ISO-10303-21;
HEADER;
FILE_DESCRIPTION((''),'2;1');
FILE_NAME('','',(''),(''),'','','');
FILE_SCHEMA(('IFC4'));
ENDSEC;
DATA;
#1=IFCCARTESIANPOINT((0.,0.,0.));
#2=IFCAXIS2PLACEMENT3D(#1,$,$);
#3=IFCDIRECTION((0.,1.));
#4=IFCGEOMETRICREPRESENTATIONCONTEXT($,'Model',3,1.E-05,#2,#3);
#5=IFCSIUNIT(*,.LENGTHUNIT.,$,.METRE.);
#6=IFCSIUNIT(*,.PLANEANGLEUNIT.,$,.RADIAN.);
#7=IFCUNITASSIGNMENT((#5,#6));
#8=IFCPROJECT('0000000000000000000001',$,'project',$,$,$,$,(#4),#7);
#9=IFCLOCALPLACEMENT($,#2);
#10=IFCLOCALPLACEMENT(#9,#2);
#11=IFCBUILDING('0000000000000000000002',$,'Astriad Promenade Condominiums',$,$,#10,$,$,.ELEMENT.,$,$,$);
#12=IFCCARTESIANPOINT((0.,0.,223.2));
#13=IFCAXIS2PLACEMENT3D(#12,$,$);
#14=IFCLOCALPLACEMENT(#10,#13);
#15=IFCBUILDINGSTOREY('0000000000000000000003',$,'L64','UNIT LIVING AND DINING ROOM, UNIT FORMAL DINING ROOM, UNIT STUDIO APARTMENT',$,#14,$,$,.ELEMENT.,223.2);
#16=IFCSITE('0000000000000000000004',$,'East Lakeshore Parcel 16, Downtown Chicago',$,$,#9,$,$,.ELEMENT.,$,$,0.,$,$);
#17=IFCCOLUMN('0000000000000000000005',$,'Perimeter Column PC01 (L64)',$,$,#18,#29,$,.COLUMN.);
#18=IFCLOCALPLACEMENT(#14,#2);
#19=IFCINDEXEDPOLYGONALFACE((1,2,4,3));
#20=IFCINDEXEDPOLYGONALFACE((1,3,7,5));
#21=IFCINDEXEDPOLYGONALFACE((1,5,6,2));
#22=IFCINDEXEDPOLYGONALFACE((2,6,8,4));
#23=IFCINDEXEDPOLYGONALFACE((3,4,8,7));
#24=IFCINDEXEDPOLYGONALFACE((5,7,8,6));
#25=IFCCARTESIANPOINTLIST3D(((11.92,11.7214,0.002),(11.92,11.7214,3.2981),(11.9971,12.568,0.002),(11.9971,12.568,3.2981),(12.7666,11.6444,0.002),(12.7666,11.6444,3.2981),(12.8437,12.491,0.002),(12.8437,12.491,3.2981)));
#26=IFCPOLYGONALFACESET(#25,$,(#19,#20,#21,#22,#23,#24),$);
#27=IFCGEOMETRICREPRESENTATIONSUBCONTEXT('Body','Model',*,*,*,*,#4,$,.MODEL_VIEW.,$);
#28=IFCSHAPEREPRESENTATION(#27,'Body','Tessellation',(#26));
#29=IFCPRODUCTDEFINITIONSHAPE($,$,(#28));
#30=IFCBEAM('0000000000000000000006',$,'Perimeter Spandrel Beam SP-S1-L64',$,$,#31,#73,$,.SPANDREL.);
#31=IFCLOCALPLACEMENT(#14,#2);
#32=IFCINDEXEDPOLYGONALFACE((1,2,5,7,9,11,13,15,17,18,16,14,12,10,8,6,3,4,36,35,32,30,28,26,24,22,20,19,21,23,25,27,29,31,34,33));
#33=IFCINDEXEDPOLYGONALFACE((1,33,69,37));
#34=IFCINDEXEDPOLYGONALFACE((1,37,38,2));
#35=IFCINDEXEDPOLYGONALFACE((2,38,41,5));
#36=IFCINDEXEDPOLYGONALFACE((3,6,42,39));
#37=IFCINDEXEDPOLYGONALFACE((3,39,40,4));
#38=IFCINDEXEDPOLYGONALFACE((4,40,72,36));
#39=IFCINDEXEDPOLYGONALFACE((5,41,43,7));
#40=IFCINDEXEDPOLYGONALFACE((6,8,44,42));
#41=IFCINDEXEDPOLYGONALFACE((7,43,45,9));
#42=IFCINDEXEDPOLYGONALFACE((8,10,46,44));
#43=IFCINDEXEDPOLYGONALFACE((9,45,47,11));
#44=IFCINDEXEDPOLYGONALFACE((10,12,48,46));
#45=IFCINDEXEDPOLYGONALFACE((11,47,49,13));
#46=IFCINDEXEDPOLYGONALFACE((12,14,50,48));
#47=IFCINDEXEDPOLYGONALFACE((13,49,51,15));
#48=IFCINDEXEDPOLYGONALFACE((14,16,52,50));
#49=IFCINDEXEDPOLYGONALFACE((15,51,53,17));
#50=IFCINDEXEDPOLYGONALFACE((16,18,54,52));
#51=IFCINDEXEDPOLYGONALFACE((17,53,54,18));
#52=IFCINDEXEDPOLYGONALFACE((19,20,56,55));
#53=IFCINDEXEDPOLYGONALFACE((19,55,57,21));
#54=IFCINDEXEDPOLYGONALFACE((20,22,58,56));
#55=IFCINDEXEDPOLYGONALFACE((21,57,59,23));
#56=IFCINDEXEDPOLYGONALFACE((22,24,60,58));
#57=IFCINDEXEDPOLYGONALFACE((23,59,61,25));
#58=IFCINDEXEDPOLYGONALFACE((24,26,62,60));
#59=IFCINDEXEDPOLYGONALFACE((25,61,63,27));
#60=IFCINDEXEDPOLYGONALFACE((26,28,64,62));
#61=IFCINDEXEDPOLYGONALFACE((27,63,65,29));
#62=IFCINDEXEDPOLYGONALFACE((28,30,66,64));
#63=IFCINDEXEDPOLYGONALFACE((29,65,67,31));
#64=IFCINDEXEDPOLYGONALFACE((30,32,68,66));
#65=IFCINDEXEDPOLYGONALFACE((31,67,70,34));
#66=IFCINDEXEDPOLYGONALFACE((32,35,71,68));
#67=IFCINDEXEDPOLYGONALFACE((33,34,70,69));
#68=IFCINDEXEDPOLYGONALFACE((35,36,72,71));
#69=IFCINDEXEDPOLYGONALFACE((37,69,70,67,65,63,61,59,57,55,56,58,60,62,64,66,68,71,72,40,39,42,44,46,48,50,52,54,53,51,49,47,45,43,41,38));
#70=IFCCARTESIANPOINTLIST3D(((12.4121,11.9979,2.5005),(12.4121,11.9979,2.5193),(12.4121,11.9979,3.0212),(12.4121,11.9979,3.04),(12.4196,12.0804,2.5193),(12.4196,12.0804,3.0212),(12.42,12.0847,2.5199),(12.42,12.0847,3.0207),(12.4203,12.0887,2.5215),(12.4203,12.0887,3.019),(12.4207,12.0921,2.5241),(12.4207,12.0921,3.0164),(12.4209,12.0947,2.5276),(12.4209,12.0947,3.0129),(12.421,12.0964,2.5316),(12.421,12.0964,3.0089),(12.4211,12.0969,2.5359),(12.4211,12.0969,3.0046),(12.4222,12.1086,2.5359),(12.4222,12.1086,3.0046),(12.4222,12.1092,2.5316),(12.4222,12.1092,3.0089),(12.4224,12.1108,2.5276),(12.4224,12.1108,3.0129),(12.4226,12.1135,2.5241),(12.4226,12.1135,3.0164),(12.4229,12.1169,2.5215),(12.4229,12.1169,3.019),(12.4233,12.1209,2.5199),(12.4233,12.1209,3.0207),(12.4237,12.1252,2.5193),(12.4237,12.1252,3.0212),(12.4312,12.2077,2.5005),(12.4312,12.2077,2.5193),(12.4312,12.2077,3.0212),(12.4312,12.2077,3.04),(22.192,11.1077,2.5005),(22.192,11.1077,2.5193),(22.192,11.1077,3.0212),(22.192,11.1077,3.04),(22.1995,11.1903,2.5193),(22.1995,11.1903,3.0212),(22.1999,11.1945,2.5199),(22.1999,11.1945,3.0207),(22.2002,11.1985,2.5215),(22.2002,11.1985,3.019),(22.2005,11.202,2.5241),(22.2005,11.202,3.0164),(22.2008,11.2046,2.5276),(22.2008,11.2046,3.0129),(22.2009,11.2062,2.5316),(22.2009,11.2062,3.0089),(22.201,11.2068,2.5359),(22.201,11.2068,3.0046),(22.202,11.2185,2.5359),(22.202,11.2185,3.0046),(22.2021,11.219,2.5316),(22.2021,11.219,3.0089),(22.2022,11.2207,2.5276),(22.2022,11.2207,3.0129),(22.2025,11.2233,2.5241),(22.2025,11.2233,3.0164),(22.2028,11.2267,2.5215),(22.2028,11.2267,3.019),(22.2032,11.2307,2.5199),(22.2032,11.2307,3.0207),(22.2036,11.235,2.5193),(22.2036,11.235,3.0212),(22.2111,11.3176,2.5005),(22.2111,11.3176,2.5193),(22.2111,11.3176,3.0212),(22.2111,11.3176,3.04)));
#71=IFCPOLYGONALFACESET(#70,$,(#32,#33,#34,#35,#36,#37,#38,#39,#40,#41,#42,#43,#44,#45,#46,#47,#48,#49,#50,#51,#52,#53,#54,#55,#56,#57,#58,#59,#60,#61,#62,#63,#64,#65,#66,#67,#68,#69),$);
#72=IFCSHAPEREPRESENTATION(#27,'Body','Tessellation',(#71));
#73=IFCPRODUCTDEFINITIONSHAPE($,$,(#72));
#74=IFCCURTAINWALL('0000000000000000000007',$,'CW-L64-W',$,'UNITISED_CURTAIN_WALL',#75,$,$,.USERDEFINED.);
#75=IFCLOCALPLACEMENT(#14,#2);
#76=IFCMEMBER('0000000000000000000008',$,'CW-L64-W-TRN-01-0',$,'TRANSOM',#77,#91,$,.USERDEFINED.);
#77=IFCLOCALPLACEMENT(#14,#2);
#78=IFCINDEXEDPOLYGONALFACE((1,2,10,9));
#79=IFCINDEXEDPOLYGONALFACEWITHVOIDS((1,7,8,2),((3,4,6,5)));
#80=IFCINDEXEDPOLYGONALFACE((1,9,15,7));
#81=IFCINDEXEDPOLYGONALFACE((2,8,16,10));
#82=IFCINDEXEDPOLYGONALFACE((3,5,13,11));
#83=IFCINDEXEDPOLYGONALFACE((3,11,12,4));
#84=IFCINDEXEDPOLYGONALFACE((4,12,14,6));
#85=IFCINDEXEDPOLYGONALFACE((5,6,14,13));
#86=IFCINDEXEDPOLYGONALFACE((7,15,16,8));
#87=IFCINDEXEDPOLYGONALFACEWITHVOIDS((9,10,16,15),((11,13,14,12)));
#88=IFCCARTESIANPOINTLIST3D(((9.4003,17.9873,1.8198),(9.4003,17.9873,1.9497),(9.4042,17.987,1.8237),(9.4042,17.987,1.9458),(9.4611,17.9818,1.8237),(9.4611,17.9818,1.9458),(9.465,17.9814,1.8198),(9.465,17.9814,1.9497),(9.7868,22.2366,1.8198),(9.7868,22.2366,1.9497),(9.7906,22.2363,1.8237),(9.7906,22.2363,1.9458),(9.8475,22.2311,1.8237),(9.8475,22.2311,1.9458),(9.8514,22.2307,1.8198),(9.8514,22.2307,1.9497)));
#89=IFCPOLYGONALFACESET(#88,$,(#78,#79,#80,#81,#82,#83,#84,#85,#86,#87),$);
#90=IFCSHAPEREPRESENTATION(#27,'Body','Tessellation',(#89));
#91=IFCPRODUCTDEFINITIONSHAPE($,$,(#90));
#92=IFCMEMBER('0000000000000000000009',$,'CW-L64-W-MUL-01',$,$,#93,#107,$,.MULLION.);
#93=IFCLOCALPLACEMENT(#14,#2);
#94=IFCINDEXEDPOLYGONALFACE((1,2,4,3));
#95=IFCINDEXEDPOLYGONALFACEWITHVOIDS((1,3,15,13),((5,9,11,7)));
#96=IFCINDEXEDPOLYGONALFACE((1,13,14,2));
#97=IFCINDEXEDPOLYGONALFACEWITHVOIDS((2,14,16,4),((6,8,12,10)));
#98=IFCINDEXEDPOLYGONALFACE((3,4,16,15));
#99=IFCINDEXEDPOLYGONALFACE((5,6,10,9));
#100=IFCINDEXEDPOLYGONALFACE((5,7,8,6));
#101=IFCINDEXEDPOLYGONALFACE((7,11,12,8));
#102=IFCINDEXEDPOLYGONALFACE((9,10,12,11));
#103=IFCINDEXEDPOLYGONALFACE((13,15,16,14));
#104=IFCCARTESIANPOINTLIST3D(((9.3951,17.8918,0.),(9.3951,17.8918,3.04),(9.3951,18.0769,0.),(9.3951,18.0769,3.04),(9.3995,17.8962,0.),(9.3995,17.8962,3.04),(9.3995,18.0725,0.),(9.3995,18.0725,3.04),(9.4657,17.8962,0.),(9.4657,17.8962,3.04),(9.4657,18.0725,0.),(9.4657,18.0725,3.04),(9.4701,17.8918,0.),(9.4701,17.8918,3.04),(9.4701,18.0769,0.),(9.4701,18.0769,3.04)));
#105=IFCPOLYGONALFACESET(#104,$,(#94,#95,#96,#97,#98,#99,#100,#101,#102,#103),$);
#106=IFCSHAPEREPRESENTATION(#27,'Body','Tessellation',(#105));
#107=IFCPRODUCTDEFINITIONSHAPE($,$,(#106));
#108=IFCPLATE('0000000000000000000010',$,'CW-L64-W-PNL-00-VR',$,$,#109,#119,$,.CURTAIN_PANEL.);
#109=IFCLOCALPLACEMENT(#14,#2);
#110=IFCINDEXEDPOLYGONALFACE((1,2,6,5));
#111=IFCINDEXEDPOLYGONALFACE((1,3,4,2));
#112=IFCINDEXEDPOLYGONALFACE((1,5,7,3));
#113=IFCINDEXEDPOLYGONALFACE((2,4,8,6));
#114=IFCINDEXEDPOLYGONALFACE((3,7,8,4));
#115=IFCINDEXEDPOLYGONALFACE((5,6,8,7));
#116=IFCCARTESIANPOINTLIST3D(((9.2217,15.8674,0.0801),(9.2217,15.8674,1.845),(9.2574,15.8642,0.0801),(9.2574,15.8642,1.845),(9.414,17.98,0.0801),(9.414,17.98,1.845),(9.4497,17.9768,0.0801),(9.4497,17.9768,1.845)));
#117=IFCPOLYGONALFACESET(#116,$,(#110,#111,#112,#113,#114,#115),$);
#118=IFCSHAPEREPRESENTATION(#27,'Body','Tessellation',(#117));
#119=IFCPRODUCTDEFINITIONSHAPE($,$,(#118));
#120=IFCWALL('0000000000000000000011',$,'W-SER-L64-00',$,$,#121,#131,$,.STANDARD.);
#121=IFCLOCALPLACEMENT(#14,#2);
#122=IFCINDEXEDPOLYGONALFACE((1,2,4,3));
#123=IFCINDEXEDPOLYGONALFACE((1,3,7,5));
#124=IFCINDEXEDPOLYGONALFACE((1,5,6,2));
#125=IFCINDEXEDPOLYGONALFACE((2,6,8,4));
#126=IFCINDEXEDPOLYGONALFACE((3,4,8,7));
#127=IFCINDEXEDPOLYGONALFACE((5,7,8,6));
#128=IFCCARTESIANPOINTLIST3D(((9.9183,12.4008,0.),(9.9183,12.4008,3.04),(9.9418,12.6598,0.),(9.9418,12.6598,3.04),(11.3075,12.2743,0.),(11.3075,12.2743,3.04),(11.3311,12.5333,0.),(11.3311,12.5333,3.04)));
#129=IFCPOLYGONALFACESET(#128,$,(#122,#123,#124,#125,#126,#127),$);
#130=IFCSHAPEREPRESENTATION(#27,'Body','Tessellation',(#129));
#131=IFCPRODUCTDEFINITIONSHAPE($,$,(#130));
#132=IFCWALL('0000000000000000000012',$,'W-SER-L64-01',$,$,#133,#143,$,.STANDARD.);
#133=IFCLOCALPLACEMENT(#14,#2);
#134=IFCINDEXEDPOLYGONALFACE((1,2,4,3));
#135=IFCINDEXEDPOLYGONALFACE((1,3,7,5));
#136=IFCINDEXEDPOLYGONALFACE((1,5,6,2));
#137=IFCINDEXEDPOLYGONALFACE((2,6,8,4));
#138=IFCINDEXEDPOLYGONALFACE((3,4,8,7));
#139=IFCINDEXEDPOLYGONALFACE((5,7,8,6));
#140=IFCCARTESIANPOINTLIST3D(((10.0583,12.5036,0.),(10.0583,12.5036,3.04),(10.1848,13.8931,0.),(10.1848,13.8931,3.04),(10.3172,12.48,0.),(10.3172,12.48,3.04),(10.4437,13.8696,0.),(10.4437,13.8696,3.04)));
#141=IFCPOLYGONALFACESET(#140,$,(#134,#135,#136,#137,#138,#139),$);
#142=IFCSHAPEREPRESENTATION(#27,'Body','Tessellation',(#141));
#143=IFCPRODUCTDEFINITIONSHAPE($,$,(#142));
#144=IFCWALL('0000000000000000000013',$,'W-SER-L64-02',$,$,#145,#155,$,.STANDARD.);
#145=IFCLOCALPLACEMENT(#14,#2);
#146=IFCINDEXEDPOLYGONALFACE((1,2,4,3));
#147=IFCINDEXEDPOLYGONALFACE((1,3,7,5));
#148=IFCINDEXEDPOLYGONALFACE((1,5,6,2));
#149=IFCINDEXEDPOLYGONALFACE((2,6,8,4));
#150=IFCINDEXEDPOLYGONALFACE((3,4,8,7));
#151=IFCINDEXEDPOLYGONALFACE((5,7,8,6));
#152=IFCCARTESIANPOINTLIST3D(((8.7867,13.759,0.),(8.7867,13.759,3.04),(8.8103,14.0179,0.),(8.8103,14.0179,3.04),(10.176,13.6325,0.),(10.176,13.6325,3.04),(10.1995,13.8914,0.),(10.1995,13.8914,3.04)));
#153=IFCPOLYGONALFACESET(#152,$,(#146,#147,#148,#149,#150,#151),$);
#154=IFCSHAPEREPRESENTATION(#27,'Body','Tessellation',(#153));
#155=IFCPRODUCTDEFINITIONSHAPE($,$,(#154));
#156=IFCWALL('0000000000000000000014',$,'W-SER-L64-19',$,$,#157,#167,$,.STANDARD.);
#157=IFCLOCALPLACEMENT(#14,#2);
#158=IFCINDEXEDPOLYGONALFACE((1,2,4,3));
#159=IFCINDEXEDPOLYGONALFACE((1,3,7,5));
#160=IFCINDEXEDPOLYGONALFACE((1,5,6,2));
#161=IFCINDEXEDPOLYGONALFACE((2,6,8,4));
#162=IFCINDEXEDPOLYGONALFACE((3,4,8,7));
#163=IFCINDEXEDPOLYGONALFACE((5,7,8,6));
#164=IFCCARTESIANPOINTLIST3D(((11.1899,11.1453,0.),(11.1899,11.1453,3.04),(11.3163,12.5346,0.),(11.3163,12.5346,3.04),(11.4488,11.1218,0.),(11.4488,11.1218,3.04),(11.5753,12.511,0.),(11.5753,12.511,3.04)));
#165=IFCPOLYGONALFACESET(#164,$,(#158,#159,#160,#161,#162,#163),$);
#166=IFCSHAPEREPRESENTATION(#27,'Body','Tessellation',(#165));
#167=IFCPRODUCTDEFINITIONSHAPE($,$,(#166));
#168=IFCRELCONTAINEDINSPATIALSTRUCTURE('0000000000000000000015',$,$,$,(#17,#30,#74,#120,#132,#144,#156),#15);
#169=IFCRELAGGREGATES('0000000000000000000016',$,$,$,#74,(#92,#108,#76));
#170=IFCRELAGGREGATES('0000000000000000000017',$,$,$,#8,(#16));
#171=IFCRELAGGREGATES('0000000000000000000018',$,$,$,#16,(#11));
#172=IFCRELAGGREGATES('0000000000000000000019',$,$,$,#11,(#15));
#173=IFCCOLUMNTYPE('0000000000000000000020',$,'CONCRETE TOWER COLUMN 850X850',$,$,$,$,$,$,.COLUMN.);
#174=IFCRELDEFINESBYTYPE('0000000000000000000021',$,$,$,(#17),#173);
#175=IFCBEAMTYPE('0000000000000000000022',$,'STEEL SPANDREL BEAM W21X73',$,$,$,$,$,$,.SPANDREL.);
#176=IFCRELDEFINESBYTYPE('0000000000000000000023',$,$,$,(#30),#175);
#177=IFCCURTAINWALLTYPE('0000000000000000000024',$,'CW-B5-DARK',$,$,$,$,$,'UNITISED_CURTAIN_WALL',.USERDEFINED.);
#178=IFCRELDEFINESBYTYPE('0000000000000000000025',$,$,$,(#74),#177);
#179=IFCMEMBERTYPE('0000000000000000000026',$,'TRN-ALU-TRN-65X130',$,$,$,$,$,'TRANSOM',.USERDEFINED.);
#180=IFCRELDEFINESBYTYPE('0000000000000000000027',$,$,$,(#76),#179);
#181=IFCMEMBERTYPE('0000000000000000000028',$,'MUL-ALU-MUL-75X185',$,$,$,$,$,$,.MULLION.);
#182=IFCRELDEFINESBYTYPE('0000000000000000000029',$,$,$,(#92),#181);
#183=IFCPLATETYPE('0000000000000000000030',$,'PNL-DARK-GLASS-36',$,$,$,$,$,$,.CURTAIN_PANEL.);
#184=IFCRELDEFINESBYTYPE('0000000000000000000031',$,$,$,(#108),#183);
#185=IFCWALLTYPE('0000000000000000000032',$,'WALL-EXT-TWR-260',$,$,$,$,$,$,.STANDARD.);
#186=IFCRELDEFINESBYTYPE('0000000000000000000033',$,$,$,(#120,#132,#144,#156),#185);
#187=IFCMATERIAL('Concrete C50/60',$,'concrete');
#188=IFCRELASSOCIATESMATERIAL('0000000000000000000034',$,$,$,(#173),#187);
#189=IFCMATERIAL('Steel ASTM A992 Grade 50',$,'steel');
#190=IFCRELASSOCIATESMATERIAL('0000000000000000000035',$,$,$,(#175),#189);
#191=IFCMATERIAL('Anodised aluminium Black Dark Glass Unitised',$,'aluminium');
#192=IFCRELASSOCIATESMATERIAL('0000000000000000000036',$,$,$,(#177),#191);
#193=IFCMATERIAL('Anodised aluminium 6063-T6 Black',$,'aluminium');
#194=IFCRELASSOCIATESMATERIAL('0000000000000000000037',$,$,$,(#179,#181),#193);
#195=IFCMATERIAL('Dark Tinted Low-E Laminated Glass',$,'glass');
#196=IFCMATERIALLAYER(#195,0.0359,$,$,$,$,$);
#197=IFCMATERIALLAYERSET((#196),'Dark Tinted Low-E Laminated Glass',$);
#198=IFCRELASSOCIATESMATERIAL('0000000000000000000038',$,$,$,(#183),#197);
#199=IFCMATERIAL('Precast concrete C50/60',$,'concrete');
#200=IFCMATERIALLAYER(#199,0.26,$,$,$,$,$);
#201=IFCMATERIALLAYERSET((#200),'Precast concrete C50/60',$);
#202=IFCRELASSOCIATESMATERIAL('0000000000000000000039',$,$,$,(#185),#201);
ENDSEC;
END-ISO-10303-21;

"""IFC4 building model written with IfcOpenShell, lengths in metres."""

from ifc_helpers import new_model, si_unit, direction, frame, frame_2d, origin, origin_2d, place, context, subcontext, project, spatial, rectangle, hollow_rectangle, i_section, extrude, source, transform, mapped, material, layer, layer_set, material_profile, profile_set, type_object, type_shapes, element, aggregate, save


model = new_model("IFC4")

# Units and contexts
model_context = context("Model", 3, precision=1e-05, world=origin(), true_north=direction((0.0, 1.0)))
body_context = subcontext(model_context, "Body", "Model", "MODEL_VIEW")
ifc_project = project(units=[si_unit("LENGTHUNIT", "METRE"), si_unit("PLANEANGLEUNIT", "RADIAN")], contexts=[model_context])

# Site, building, storey
site_placement = place(None, origin())
site = spatial("IfcSite", under=ifc_project, at=site_placement, Name="East Lakeshore Parcel 16, Downtown Chicago", CompositionType="ELEMENT", RefElevation=0.0)
building_placement = place(site_placement, origin())
building = spatial("IfcBuilding", under=site, at=building_placement, Name="Astriad Promenade Condominiums", CompositionType="ELEMENT")
storey_placement = place(building_placement, frame((0.0, 0.0, 223.2)))
storey = spatial("IfcBuildingStorey", under=building, at=storey_placement, Name="L64", Description="UNIT LIVING AND DINING ROOM, UNIT FORMAL DINING ROOM, UNIT STUDIO APARTMENT", CompositionType="ELEMENT", Elevation=223.2)

# Column
ifc_material_1 = material(Name="Concrete C50/60", Category="concrete")
ifc_material_profile_1 = material_profile(ifc_material_1, rectangle(XDim=0.8501, YDim=0.8501, at=origin_2d()), Name="RC-COL-850X850")
ifc_profile_set_1 = profile_set([ifc_material_profile_1], Name="Concrete C50/60")
column_type = type_object("IfcColumnType", Name="CONCRETE TOWER COLUMN 850X850", PredefinedType="COLUMN", material=ifc_profile_set_1)
shared_shape_1 = source(origin(), body_context, "Body", "SweptSolid", [
    extrude(rectangle(XDim=0.8501, YDim=0.8501, at=origin_2d()), origin(), (0.0, 0.0, 1.0), 3.2961),
])
type_shapes(column_type, [shared_shape_1])
column_placement = place(storey_placement, frame((12.3818, 12.1062, 0.002), z_axis=(0.0, 0.0, 1.0), x_axis=(0.995884, -0.090633, 0.0)))
element("IfcColumn", 1, at=column_placement, inside=storey, type_object=column_type, Name="Perimeter Column PC01 (L64)", PredefinedType="COLUMN", context=body_context, shape_type="MappedRepresentation", body=[
    mapped(shared_shape_1, transform((0.0, 0.0, 0.0), scale=1.0)),
])

# Beam
ifc_material_2 = material(Name="Steel ASTM A992 Grade 50", Category="steel")
ifc_material_profile_2 = material_profile(ifc_material_2, i_section(OverallWidth=0.2107, OverallDepth=0.5396, WebThickness=0.0117, FlangeThickness=0.0188, FilletRadius=0.0166, at=origin_2d()), Name="W21X73")
ifc_profile_set_2 = profile_set([ifc_material_profile_2], Name="Steel ASTM A992 Grade 50")
beam_type = type_object("IfcBeamType", Name="STEEL SPANDREL BEAM W21X73", PredefinedType="SPANDREL", material=ifc_profile_set_2)
shared_shape_2 = source(origin(), body_context, "Body", "SweptSolid", [
    extrude(i_section(OverallWidth=0.2107, OverallDepth=0.5396, WebThickness=0.0117, FlangeThickness=0.0188, FilletRadius=0.0166, at=origin_2d()), origin(), (0.0, 0.0, 1.0), 9.8203),
])
type_shapes(beam_type, [shared_shape_2])
beam_placement = place(storey_placement, frame((12.4216, 12.1028, 2.7703), z_axis=(0.995883, -0.090643, 0.0), x_axis=(0.090643, 0.995883, 0.0)))
element("IfcBeam", 2, at=beam_placement, inside=storey, type_object=beam_type, Name="Perimeter Spandrel Beam SP-S1-L64", PredefinedType="SPANDREL", context=body_context, shape_type="MappedRepresentation", body=[
    mapped(shared_shape_2, transform((0.0, 0.0, 0.0), scale=1.0)),
])

# Curtain wall, members, plate
ifc_material_3 = material(Name="Anodised aluminium Black Dark Glass Unitised", Category="aluminium")
curtain_wall_type = type_object("IfcCurtainWallType", Name="CW-B5-DARK", ElementType="UNITISED_CURTAIN_WALL", PredefinedType="USERDEFINED", material=ifc_material_3)
curtain_wall_placement = place(storey_placement, origin())
curtain_wall = element("IfcCurtainWall", 3, at=curtain_wall_placement, inside=storey, type_object=curtain_wall_type, Name="CW-L64-W", ObjectType="UNITISED_CURTAIN_WALL", PredefinedType="USERDEFINED")
ifc_material_4 = material(Name="Anodised aluminium 6063-T6 Black", Category="aluminium")
ifc_material_profile_3 = material_profile(ifc_material_4, hollow_rectangle(XDim=0.0649, YDim=0.1299, WallThickness=0.0039, at=origin_2d()), Name="ALU-TRN-65X130")
ifc_profile_set_3 = profile_set([ifc_material_profile_3], Name="Anodised aluminium 6063-T6 Black")
member_type_1 = type_object("IfcMemberType", Name="TRN-ALU-TRN-65X130", ElementType="TRANSOM", PredefinedType="USERDEFINED", material=ifc_profile_set_3)
shared_shape_3 = source(origin(), body_context, "Body", "SweptSolid", [
    extrude(hollow_rectangle(XDim=0.0649, YDim=0.1299, WallThickness=0.0039, at=origin_2d()), origin(), (0.0, 0.0, 1.0), 4.2668),
])
type_shapes(member_type_1, [shared_shape_3])
member_1_placement = place(storey_placement, frame((9.4326, 17.9844, 1.8848), z_axis=(0.090577, 0.995889, 0.0), x_axis=(-0.995889, 0.090577, 0.0)))
member_1 = element("IfcMember", 4, at=member_1_placement, type_object=member_type_1, Name="CW-L64-W-TRN-01-0", ObjectType="TRANSOM", PredefinedType="USERDEFINED", context=body_context, shape_type="MappedRepresentation", body=[
    mapped(shared_shape_3, transform((0.0, 0.0, 0.0), scale=1.0)),
])
ifc_material_profile_4 = material_profile(ifc_material_4, hollow_rectangle(XDim=0.075, YDim=0.1851, WallThickness=0.0044, at=origin_2d()), Name="ALU-MUL-75X185")
ifc_profile_set_4 = profile_set([ifc_material_profile_4], Name="Anodised aluminium 6063-T6 Black")
member_type_2 = type_object("IfcMemberType", Name="MUL-ALU-MUL-75X185", PredefinedType="MULLION", material=ifc_profile_set_4)
shared_shape_4 = source(origin(), body_context, "Body", "SweptSolid", [
    extrude(hollow_rectangle(XDim=0.075, YDim=0.1851, WallThickness=0.0044, at=origin_2d()), origin(), (0.0, 0.0, 1.0), 3.04),
])
type_shapes(member_type_2, [shared_shape_4])
member_2_placement = place(storey_placement, frame((9.4326, 17.9844, 0.0), z_axis=(0.0, 0.0, 1.0), x_axis=(1.0, 0.0, 0.0)))
member_2 = element("IfcMember", 5, at=member_2_placement, type_object=member_type_2, Name="CW-L64-W-MUL-01", PredefinedType="MULLION", context=body_context, shape_type="MappedRepresentation", body=[
    mapped(shared_shape_4, transform((0.0, 0.0, 0.0), scale=1.0)),
])
ifc_material_5 = material(Name="Dark Tinted Low-E Laminated Glass", Category="glass")
ifc_layer_1 = layer(ifc_material_5, 0.0359)
ifc_layer_set_1 = layer_set([ifc_layer_1], Name="Dark Tinted Low-E Laminated Glass")
plate_type = type_object("IfcPlateType", Name="PNL-DARK-GLASS-36", PredefinedType="CURTAIN_PANEL", material=ifc_layer_set_1)
shared_shape_5 = source(origin(), body_context, "Body", "SweptSolid", [
    extrude(rectangle(XDim=2.1213, YDim=0.0359, at=origin_2d()), origin(), (0.0, 0.0, 1.0), 1.7649),
])
type_shapes(plate_type, [shared_shape_5])
plate_placement = place(storey_placement, frame((9.3357, 16.9221, 0.0801), z_axis=(0.0, 0.0, 1.0), x_axis=(0.090633, 0.995884, 0.0)))
plate = element("IfcPlate", 6, at=plate_placement, type_object=plate_type, Name="CW-L64-W-PNL-00-VR", PredefinedType="CURTAIN_PANEL", context=body_context, shape_type="MappedRepresentation", body=[
    mapped(shared_shape_5, transform((0.0, 0.0, 0.0), scale=1.0)),
])
aggregate(curtain_wall, [member_2, plate, member_1])

# Walls
ifc_material_6 = material(Name="Precast concrete C50/60", Category="concrete")
ifc_layer_2 = layer(ifc_material_6, 0.26)
ifc_layer_set_2 = layer_set([ifc_layer_2], Name="Precast concrete C50/60")
wall_type_1 = type_object("IfcWallType", Name="WALL-EXT-TWR-260", PredefinedType="STANDARD", material=ifc_layer_set_2)
wall_1_placement = place(storey_placement, frame((11.3193, 12.4038, 0.0), z_axis=(0.0, 0.0, 1.0), x_axis=(-0.995882, 0.090662, 0.0)))
element("IfcWall", 7, at=wall_1_placement, inside=storey, type_object=wall_type_1, Name="W-SER-L64-00", PredefinedType="STANDARD", context=body_context, shape_type="SweptSolid", body=[
    extrude(rectangle(XDim=1.395, YDim=0.26, at=frame_2d((0.6975, 0.0))), origin(), (0.0, 0.0, 1.0), 3.04),
])
wall_2_placement = place(storey_placement, frame((10.1877, 12.4917, 0.0), z_axis=(0.0, 0.0, 1.0), x_axis=(0.090646, 0.995883, 0.0)))
element("IfcWall", 8, at=wall_2_placement, inside=storey, type_object=wall_type_1, Name="W-SER-L64-01", PredefinedType="STANDARD", context=body_context, shape_type="SweptSolid", body=[
    extrude(rectangle(XDim=1.3953, YDim=0.26, at=frame_2d((0.6978, 0.0))), origin(), (0.0, 0.0, 1.0), 3.04),
])
for number, where, z_axis, x_axis, name in (
    (9, (10.1877, 13.762, 0.0), (0.0, 0.0, 1.0), (-0.995882, 0.090662, 0.0), "W-SER-L64-02"),
    (10, (11.3193, 11.1335, 0.0), (0.0, 0.0, 1.0), (0.090662, 0.995882, 0.0), "W-SER-L64-19"),
):
    element("IfcWall", number, at=place(storey_placement, frame(where, z_axis=z_axis, x_axis=x_axis)), inside=storey, type_object=wall_type_1, Name=name, PredefinedType="STANDARD", context=body_context, shape_type="SweptSolid", body=[
        extrude(rectangle(XDim=1.395, YDim=0.26, at=frame_2d((0.6975, 0.0))), origin(), (0.0, 0.0, 1.0), 3.04),
    ])

save(model, "model.ifc")
